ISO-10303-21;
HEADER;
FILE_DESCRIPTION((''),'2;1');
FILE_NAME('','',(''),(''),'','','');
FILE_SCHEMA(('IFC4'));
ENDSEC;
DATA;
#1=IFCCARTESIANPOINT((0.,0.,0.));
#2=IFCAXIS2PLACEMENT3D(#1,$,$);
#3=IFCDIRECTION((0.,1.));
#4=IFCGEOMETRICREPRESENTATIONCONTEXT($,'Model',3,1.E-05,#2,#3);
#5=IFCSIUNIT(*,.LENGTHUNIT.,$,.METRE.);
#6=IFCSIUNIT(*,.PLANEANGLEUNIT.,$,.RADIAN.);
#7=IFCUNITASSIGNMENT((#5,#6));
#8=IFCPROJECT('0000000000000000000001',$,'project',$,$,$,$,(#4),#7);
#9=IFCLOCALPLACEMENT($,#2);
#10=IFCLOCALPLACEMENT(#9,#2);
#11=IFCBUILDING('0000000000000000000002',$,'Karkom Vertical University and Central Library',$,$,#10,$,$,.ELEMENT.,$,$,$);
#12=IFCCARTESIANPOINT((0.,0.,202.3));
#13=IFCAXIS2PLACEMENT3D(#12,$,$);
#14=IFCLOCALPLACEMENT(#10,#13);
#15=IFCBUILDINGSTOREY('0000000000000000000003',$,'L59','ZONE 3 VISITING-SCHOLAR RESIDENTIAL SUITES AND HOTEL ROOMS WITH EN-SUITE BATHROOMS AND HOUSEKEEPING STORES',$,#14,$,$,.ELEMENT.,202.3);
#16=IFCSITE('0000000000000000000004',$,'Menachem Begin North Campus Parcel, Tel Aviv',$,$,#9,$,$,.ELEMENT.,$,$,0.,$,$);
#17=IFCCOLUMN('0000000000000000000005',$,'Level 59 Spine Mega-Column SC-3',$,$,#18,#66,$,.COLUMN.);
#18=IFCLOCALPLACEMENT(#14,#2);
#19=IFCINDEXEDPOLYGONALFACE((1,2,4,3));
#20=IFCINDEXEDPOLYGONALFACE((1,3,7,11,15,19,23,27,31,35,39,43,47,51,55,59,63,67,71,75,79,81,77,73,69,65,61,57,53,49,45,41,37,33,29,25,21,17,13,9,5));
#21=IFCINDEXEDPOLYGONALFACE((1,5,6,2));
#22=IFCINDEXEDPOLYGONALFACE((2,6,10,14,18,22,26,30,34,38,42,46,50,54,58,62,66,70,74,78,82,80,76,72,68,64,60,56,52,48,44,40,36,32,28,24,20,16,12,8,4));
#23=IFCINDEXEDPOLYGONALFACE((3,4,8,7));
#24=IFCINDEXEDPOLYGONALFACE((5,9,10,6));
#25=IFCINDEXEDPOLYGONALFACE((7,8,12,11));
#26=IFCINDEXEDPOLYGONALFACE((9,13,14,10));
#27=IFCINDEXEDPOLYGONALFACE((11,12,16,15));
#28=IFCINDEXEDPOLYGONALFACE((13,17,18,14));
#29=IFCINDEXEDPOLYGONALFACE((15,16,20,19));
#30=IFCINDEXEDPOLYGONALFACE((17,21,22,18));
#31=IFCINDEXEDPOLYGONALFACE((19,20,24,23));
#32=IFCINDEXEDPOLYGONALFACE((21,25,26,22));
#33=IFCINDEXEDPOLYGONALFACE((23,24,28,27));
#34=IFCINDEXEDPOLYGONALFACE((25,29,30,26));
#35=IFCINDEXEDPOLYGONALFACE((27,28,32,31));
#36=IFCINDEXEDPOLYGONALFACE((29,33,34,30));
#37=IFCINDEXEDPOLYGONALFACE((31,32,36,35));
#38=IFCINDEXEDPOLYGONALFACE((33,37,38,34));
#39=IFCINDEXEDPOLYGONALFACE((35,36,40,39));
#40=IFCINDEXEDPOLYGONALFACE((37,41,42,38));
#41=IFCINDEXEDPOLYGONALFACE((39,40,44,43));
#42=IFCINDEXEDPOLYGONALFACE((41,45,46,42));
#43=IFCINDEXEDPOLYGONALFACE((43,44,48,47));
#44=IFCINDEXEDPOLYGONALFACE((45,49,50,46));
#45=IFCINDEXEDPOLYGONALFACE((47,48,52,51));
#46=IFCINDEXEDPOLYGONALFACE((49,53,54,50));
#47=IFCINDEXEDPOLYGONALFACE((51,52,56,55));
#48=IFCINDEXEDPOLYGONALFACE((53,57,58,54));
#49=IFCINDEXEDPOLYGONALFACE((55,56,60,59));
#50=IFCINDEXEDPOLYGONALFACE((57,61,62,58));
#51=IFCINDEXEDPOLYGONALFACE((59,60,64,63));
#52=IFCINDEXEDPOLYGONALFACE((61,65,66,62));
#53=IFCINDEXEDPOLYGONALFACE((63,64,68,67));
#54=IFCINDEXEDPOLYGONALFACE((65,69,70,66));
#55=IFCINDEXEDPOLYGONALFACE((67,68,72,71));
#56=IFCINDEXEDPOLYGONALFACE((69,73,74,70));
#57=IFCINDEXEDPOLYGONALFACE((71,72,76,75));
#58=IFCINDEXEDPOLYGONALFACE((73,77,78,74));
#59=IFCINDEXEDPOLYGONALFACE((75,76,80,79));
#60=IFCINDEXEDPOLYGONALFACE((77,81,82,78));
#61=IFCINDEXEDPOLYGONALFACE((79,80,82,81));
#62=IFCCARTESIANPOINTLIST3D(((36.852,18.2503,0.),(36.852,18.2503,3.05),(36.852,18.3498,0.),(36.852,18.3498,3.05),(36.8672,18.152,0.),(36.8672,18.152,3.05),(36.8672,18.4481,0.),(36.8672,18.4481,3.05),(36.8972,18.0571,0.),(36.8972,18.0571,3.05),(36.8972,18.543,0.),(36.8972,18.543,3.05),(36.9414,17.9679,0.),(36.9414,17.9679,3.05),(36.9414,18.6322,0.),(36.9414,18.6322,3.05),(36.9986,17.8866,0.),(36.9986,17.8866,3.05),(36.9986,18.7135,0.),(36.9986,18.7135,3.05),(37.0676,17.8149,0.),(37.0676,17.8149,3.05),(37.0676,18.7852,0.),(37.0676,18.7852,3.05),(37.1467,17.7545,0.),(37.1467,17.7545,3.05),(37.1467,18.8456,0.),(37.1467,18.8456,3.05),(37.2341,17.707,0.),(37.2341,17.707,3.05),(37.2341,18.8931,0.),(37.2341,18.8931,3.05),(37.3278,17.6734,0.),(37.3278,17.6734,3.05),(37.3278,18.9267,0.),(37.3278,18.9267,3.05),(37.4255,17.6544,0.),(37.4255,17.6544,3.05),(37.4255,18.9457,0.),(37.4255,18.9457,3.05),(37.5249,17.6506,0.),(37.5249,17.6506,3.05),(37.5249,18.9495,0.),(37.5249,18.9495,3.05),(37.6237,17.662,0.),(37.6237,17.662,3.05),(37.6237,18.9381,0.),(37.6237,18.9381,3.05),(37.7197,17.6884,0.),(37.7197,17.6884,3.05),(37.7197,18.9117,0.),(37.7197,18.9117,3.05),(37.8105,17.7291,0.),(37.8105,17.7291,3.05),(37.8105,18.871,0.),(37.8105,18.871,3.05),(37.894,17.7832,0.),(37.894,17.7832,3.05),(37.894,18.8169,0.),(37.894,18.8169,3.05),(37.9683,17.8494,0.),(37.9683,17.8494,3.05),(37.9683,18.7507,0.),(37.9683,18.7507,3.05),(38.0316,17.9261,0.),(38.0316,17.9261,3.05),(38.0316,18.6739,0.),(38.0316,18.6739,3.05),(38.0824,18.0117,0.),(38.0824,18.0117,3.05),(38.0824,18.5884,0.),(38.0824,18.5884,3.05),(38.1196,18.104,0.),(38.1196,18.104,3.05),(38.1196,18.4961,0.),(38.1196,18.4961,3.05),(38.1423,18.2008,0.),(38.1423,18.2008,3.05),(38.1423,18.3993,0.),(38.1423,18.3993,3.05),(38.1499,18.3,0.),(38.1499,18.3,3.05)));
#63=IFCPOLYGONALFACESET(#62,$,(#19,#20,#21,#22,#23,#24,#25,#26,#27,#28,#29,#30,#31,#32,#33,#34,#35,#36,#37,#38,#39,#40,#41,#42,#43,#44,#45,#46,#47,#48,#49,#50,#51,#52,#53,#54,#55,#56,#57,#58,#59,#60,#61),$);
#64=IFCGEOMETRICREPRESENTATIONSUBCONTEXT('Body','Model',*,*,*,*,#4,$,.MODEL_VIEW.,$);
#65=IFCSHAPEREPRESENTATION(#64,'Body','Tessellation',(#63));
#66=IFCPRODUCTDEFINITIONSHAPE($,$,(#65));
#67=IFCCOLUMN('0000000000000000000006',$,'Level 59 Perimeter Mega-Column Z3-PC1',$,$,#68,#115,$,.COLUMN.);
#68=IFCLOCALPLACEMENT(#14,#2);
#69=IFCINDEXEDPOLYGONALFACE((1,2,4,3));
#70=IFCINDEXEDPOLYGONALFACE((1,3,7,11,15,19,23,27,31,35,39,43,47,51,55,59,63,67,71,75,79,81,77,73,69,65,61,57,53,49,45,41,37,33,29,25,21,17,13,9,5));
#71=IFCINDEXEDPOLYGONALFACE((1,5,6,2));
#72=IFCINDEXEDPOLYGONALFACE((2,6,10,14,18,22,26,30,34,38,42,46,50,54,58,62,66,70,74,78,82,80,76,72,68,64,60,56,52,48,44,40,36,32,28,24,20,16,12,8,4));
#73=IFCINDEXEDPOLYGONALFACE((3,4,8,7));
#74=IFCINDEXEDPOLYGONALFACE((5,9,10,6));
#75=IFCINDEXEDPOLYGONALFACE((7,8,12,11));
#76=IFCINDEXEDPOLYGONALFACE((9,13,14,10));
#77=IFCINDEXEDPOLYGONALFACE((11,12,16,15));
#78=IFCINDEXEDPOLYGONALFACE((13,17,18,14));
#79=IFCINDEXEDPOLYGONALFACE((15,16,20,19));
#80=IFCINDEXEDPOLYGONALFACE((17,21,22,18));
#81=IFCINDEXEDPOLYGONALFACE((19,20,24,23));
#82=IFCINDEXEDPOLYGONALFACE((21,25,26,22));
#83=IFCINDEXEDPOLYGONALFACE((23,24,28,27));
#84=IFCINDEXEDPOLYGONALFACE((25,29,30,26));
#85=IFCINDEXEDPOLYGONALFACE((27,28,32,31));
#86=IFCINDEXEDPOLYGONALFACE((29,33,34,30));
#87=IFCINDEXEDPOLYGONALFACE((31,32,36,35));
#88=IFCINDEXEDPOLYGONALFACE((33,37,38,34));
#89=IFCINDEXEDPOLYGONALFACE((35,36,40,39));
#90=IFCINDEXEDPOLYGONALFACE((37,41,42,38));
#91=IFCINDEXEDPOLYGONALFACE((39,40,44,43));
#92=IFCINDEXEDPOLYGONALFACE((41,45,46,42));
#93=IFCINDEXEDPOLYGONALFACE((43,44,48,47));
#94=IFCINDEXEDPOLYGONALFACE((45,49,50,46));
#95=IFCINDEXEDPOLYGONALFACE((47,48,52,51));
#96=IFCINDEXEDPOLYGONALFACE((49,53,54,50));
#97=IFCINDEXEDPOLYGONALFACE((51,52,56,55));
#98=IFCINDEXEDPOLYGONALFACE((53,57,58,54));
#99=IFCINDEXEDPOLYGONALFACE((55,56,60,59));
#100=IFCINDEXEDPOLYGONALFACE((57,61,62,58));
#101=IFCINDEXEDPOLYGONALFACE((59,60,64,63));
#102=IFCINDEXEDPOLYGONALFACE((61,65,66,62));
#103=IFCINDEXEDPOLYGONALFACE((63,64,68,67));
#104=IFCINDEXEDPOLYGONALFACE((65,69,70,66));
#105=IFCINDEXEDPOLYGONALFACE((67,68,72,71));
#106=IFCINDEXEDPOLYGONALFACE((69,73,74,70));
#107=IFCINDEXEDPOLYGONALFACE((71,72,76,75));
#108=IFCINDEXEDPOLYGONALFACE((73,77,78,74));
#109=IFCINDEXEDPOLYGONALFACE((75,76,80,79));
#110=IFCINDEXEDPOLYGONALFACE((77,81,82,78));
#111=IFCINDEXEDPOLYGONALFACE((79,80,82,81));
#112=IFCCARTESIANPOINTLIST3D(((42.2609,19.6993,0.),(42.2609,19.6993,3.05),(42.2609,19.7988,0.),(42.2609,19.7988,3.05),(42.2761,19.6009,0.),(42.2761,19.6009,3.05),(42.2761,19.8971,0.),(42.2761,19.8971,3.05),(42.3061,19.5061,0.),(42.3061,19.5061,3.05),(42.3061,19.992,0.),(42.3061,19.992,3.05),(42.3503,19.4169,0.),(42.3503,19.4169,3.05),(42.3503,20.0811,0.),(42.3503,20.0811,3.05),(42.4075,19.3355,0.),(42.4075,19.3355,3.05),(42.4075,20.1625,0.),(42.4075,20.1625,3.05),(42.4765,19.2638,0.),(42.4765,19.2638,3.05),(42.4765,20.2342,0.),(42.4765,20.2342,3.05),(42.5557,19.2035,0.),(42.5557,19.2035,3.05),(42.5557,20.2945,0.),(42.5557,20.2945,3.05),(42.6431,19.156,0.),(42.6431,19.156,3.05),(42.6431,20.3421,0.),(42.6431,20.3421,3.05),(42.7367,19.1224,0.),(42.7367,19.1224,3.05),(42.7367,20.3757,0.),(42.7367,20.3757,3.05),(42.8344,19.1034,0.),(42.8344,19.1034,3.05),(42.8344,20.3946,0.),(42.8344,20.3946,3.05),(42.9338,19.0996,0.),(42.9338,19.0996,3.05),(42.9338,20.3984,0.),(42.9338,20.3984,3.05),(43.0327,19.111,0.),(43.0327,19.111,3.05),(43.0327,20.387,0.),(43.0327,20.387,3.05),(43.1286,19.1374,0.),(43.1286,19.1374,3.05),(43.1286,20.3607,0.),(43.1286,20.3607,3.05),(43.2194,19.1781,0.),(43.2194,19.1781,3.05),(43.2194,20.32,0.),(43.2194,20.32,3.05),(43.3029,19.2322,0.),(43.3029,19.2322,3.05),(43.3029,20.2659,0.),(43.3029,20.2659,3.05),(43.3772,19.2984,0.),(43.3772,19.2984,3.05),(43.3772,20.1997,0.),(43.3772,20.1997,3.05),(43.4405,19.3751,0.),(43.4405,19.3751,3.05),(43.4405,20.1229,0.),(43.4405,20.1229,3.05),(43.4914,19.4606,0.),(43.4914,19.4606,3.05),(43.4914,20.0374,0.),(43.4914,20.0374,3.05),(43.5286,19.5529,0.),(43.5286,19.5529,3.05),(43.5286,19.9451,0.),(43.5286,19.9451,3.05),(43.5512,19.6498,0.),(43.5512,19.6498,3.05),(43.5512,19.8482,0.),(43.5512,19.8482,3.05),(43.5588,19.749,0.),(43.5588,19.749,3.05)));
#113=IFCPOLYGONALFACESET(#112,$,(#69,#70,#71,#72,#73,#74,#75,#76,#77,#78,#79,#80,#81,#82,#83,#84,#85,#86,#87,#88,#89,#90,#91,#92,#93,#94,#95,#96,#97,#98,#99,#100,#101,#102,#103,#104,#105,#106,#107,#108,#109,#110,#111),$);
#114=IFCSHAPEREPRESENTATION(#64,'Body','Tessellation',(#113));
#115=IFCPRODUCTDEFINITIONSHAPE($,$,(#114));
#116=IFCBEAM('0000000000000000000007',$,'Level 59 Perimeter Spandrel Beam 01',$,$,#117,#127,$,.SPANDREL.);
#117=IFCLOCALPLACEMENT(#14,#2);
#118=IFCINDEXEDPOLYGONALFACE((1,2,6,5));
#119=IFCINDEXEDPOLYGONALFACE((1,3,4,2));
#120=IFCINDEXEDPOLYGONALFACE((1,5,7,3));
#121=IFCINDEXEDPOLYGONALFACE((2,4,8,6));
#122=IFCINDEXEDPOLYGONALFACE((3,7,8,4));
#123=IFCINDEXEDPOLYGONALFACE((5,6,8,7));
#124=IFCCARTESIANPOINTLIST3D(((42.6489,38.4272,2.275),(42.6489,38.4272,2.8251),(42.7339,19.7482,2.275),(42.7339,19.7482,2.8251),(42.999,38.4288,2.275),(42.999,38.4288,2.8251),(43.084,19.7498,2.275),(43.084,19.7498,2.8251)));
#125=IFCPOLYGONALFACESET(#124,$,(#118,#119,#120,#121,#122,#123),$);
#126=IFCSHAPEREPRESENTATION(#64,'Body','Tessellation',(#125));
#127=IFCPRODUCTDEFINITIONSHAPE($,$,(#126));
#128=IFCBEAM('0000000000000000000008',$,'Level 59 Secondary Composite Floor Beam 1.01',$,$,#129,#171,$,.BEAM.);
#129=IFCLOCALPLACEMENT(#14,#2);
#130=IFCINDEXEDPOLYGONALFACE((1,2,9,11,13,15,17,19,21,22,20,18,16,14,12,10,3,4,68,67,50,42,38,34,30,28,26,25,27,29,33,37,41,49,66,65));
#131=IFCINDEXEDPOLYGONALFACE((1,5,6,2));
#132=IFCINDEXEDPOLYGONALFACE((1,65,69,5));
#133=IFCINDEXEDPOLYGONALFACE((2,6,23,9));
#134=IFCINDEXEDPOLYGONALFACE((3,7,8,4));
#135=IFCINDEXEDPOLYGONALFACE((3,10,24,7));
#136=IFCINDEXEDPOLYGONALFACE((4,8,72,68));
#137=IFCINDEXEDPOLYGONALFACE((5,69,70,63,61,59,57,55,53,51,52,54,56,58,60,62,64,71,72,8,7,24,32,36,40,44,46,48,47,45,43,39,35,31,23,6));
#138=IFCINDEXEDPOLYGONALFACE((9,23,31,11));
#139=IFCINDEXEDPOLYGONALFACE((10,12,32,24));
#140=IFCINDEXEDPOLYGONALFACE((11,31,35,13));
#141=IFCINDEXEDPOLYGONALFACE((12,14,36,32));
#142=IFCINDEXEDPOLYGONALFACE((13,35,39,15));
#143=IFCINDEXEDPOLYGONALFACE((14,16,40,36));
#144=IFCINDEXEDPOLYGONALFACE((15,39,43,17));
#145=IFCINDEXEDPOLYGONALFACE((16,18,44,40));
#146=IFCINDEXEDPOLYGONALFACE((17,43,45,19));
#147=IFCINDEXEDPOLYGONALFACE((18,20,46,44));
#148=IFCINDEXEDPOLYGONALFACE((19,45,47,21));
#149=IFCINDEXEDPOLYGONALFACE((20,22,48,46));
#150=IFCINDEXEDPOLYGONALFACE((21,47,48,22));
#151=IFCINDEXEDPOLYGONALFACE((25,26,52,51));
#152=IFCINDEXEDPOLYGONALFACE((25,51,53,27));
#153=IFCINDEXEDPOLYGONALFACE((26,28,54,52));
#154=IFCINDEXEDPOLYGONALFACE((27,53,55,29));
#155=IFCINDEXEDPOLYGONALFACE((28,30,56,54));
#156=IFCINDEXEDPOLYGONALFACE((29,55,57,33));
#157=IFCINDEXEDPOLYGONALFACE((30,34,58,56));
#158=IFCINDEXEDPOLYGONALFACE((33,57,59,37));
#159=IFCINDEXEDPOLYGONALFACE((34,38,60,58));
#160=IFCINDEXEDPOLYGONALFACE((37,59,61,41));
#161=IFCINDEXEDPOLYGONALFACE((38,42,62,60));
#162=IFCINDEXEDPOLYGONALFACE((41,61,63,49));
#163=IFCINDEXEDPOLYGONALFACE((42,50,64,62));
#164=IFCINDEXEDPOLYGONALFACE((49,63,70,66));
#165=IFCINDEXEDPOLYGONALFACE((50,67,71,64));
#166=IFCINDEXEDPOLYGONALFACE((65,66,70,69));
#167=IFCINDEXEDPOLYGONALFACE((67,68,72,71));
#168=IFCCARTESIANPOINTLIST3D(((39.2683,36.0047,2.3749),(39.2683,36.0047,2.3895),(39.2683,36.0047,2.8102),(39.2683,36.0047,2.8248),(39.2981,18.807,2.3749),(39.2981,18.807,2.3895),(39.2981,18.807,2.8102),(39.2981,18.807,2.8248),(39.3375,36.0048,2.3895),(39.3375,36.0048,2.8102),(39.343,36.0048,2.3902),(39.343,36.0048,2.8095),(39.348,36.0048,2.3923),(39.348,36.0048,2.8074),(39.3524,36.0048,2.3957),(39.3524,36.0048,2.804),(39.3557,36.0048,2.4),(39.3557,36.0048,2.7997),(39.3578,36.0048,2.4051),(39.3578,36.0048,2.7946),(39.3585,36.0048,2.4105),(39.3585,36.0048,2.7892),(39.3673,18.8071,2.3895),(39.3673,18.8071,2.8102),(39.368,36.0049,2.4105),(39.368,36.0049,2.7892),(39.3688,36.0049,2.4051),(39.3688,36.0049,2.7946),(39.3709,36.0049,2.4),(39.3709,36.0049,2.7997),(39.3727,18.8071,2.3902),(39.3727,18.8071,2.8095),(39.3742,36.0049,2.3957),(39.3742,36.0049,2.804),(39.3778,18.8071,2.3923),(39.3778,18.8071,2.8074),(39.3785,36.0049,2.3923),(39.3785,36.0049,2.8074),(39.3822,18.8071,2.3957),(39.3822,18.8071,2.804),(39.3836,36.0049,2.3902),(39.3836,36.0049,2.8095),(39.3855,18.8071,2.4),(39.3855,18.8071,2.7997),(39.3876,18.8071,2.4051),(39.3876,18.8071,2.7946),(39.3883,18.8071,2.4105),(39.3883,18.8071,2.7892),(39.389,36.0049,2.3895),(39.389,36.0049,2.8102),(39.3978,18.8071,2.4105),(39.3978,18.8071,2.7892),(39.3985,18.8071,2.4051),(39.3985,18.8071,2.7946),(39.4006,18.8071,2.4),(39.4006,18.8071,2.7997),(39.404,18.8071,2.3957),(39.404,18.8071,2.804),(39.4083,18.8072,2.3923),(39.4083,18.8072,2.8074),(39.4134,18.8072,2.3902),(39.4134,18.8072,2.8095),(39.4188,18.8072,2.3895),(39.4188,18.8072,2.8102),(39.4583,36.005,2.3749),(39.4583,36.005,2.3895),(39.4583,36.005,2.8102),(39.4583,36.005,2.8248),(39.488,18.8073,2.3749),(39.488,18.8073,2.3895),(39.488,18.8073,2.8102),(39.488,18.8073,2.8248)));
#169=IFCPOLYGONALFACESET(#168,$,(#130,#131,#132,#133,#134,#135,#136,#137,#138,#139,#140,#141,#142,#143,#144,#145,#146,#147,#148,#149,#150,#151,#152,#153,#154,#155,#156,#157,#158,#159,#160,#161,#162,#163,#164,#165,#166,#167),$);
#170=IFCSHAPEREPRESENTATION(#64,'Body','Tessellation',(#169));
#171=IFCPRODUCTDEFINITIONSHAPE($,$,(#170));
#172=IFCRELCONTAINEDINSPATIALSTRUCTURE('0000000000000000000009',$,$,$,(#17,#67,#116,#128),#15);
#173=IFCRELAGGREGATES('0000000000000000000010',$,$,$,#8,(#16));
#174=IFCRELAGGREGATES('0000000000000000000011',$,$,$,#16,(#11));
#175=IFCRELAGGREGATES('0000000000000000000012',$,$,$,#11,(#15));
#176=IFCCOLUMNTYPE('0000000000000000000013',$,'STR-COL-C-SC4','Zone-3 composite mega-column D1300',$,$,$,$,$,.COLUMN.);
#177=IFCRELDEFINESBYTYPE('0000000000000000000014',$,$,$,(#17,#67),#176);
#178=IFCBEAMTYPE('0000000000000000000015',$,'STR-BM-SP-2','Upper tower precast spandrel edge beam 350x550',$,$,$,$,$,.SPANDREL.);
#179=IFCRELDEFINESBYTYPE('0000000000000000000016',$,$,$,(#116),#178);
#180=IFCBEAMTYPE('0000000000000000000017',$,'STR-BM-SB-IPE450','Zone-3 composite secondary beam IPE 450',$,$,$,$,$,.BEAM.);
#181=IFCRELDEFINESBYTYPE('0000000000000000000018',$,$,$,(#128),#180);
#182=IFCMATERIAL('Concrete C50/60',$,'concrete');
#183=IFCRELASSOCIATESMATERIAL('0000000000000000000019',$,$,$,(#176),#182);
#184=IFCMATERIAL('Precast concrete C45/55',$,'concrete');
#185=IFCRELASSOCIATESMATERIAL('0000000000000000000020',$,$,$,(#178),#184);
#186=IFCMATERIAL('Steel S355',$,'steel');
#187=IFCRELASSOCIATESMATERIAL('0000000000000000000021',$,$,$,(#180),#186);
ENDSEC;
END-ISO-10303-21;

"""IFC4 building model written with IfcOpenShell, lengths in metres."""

from ifc_helpers import new_model, si_unit, direction, frame, origin, origin_with_axes, origin_2d, place, context, subcontext, project, spatial, rectangle, circle, i_section, extrude, source, transform, mapped, material, material_profile, profile_set, type_object, element, save


model = new_model("IFC4")

# Units and contexts
model_context = context("Model", 3, precision=1e-05, world=origin(), true_north=direction((0.0, 1.0)))
body_context = subcontext(model_context, "Body", "Model", "MODEL_VIEW")
ifc_project = project(units=[si_unit("LENGTHUNIT", "METRE"), si_unit("PLANEANGLEUNIT", "RADIAN")], contexts=[model_context])

# Site, building, storey
site_placement = place(None, origin())
site = spatial("IfcSite", under=ifc_project, at=site_placement, Name="Menachem Begin North Campus Parcel, Tel Aviv", CompositionType="ELEMENT", RefElevation=0.0)
building_placement = place(site_placement, origin())
building = spatial("IfcBuilding", under=site, at=building_placement, Name="Karkom Vertical University and Central Library", CompositionType="ELEMENT")
storey_placement = place(building_placement, frame((0.0, 0.0, 202.3)))
storey = spatial("IfcBuildingStorey", under=building, at=storey_placement, Name="L59", Description="ZONE 3 VISITING-SCHOLAR RESIDENTIAL SUITES AND HOTEL ROOMS WITH EN-SUITE BATHROOMS AND HOUSEKEEPING STORES", CompositionType="ELEMENT", Elevation=202.3)

# Columns
ifc_material_1 = material(Name="Concrete C50/60", Category="concrete")
ifc_material_profile_1 = material_profile(ifc_material_1, circle(Radius=0.6499, at=origin_2d()), Name="CFT-D1300")
ifc_profile_set_1 = profile_set([ifc_material_profile_1], Name="Concrete C50/60")
column_type = type_object("IfcColumnType", Name="STR-COL-C-SC4", Description="Zone-3 composite mega-column D1300", PredefinedType="COLUMN", material=ifc_profile_set_1)
shared_shape_1 = source(origin_with_axes(), body_context, "Body", "SweptSolid", [
    extrude(circle(Radius=0.6499, at=origin_2d()), origin(), (0.0, 0.0, 1.0), 3.05),
])
for number, where, z_axis, x_axis, name in (
    (1, (37.5, 18.3, 0.0), (0.0, 0.0, 1.0), (1.0, 0.0, 0.0), "Level 59 Spine Mega-Column SC-3"),
    (2, (42.9089, 19.749, 0.0), (0.0, 0.0, 1.0), (1.0, 0.0, 0.0), "Level 59 Perimeter Mega-Column Z3-PC1"),
):
    element("IfcColumn", number, at=place(storey_placement, frame(where, z_axis=z_axis, x_axis=x_axis)), inside=storey, type_object=column_type, Name=name, PredefinedType="COLUMN", context=body_context, shape_type="MappedRepresentation", body=[
        mapped(shared_shape_1, transform((0.0, 0.0, 0.0), scale=1.0)),
    ])

# Beams
ifc_material_2 = material(Name="Precast concrete C45/55", Category="concrete")
ifc_material_profile_2 = material_profile(ifc_material_2, rectangle(XDim=0.3501, YDim=0.55, at=origin_2d()), Name="SPB-350x550")
ifc_profile_set_2 = profile_set([ifc_material_profile_2], Name="Precast concrete C45/55")
beam_type_1 = type_object("IfcBeamType", Name="STR-BM-SP-2", Description="Upper tower precast spandrel edge beam 350x550", PredefinedType="SPANDREL", material=ifc_profile_set_2)
shared_shape_2 = source(origin_with_axes(), body_context, "Body", "SweptSolid", [
    extrude(rectangle(XDim=0.3501, YDim=0.55, at=origin_2d()), origin(), (0.0, 0.0, 1.0), 18.6792),
])
beam_1_placement = place(storey_placement, frame((42.9089, 19.749, 2.55), z_axis=(-0.004548, 0.99999, 0.0), x_axis=(-0.99999, -0.004548, 0.0)))
element("IfcBeam", 3, at=beam_1_placement, inside=storey, type_object=beam_type_1, Name="Level 59 Perimeter Spandrel Beam 01", PredefinedType="SPANDREL", context=body_context, shape_type="MappedRepresentation", body=[
    mapped(shared_shape_2, transform((0.0, 0.0, 0.0), scale=1.0)),
])
ifc_material_3 = material(Name="Steel S355", Category="steel")
ifc_material_profile_3 = material_profile(ifc_material_3, i_section(OverallWidth=0.1899, OverallDepth=0.45, WebThickness=0.0095, FlangeThickness=0.0146, FilletRadius=0.021, at=origin_2d()), Name="IPE 450")
ifc_profile_set_3 = profile_set([ifc_material_profile_3], Name="Steel S355")
beam_type_2 = type_object("IfcBeamType", Name="STR-BM-SB-IPE450", Description="Zone-3 composite secondary beam IPE 450", PredefinedType="BEAM", material=ifc_profile_set_3)
shared_shape_3 = source(origin_with_axes(), body_context, "Body", "SweptSolid", [
    extrude(i_section(OverallWidth=0.1899, OverallDepth=0.45, WebThickness=0.0095, FlangeThickness=0.0146, FilletRadius=0.021, at=origin_2d()), origin(), (0.0, 0.0, 1.0), 17.1978),
])
beam_2_placement = place(storey_placement, frame((39.3931, 18.8071, 2.5999), z_axis=(-0.001732, 0.999999, 0.0), x_axis=(-0.999999, -0.001732, 0.0)))
element("IfcBeam", 4, at=beam_2_placement, inside=storey, type_object=beam_type_2, Name="Level 59 Secondary Composite Floor Beam 1.01", PredefinedType="BEAM", context=body_context, shape_type="MappedRepresentation", body=[
    mapped(shared_shape_3, transform((0.0, 0.0, 0.0), scale=1.0)),
])

save(model, "model.ifc")
